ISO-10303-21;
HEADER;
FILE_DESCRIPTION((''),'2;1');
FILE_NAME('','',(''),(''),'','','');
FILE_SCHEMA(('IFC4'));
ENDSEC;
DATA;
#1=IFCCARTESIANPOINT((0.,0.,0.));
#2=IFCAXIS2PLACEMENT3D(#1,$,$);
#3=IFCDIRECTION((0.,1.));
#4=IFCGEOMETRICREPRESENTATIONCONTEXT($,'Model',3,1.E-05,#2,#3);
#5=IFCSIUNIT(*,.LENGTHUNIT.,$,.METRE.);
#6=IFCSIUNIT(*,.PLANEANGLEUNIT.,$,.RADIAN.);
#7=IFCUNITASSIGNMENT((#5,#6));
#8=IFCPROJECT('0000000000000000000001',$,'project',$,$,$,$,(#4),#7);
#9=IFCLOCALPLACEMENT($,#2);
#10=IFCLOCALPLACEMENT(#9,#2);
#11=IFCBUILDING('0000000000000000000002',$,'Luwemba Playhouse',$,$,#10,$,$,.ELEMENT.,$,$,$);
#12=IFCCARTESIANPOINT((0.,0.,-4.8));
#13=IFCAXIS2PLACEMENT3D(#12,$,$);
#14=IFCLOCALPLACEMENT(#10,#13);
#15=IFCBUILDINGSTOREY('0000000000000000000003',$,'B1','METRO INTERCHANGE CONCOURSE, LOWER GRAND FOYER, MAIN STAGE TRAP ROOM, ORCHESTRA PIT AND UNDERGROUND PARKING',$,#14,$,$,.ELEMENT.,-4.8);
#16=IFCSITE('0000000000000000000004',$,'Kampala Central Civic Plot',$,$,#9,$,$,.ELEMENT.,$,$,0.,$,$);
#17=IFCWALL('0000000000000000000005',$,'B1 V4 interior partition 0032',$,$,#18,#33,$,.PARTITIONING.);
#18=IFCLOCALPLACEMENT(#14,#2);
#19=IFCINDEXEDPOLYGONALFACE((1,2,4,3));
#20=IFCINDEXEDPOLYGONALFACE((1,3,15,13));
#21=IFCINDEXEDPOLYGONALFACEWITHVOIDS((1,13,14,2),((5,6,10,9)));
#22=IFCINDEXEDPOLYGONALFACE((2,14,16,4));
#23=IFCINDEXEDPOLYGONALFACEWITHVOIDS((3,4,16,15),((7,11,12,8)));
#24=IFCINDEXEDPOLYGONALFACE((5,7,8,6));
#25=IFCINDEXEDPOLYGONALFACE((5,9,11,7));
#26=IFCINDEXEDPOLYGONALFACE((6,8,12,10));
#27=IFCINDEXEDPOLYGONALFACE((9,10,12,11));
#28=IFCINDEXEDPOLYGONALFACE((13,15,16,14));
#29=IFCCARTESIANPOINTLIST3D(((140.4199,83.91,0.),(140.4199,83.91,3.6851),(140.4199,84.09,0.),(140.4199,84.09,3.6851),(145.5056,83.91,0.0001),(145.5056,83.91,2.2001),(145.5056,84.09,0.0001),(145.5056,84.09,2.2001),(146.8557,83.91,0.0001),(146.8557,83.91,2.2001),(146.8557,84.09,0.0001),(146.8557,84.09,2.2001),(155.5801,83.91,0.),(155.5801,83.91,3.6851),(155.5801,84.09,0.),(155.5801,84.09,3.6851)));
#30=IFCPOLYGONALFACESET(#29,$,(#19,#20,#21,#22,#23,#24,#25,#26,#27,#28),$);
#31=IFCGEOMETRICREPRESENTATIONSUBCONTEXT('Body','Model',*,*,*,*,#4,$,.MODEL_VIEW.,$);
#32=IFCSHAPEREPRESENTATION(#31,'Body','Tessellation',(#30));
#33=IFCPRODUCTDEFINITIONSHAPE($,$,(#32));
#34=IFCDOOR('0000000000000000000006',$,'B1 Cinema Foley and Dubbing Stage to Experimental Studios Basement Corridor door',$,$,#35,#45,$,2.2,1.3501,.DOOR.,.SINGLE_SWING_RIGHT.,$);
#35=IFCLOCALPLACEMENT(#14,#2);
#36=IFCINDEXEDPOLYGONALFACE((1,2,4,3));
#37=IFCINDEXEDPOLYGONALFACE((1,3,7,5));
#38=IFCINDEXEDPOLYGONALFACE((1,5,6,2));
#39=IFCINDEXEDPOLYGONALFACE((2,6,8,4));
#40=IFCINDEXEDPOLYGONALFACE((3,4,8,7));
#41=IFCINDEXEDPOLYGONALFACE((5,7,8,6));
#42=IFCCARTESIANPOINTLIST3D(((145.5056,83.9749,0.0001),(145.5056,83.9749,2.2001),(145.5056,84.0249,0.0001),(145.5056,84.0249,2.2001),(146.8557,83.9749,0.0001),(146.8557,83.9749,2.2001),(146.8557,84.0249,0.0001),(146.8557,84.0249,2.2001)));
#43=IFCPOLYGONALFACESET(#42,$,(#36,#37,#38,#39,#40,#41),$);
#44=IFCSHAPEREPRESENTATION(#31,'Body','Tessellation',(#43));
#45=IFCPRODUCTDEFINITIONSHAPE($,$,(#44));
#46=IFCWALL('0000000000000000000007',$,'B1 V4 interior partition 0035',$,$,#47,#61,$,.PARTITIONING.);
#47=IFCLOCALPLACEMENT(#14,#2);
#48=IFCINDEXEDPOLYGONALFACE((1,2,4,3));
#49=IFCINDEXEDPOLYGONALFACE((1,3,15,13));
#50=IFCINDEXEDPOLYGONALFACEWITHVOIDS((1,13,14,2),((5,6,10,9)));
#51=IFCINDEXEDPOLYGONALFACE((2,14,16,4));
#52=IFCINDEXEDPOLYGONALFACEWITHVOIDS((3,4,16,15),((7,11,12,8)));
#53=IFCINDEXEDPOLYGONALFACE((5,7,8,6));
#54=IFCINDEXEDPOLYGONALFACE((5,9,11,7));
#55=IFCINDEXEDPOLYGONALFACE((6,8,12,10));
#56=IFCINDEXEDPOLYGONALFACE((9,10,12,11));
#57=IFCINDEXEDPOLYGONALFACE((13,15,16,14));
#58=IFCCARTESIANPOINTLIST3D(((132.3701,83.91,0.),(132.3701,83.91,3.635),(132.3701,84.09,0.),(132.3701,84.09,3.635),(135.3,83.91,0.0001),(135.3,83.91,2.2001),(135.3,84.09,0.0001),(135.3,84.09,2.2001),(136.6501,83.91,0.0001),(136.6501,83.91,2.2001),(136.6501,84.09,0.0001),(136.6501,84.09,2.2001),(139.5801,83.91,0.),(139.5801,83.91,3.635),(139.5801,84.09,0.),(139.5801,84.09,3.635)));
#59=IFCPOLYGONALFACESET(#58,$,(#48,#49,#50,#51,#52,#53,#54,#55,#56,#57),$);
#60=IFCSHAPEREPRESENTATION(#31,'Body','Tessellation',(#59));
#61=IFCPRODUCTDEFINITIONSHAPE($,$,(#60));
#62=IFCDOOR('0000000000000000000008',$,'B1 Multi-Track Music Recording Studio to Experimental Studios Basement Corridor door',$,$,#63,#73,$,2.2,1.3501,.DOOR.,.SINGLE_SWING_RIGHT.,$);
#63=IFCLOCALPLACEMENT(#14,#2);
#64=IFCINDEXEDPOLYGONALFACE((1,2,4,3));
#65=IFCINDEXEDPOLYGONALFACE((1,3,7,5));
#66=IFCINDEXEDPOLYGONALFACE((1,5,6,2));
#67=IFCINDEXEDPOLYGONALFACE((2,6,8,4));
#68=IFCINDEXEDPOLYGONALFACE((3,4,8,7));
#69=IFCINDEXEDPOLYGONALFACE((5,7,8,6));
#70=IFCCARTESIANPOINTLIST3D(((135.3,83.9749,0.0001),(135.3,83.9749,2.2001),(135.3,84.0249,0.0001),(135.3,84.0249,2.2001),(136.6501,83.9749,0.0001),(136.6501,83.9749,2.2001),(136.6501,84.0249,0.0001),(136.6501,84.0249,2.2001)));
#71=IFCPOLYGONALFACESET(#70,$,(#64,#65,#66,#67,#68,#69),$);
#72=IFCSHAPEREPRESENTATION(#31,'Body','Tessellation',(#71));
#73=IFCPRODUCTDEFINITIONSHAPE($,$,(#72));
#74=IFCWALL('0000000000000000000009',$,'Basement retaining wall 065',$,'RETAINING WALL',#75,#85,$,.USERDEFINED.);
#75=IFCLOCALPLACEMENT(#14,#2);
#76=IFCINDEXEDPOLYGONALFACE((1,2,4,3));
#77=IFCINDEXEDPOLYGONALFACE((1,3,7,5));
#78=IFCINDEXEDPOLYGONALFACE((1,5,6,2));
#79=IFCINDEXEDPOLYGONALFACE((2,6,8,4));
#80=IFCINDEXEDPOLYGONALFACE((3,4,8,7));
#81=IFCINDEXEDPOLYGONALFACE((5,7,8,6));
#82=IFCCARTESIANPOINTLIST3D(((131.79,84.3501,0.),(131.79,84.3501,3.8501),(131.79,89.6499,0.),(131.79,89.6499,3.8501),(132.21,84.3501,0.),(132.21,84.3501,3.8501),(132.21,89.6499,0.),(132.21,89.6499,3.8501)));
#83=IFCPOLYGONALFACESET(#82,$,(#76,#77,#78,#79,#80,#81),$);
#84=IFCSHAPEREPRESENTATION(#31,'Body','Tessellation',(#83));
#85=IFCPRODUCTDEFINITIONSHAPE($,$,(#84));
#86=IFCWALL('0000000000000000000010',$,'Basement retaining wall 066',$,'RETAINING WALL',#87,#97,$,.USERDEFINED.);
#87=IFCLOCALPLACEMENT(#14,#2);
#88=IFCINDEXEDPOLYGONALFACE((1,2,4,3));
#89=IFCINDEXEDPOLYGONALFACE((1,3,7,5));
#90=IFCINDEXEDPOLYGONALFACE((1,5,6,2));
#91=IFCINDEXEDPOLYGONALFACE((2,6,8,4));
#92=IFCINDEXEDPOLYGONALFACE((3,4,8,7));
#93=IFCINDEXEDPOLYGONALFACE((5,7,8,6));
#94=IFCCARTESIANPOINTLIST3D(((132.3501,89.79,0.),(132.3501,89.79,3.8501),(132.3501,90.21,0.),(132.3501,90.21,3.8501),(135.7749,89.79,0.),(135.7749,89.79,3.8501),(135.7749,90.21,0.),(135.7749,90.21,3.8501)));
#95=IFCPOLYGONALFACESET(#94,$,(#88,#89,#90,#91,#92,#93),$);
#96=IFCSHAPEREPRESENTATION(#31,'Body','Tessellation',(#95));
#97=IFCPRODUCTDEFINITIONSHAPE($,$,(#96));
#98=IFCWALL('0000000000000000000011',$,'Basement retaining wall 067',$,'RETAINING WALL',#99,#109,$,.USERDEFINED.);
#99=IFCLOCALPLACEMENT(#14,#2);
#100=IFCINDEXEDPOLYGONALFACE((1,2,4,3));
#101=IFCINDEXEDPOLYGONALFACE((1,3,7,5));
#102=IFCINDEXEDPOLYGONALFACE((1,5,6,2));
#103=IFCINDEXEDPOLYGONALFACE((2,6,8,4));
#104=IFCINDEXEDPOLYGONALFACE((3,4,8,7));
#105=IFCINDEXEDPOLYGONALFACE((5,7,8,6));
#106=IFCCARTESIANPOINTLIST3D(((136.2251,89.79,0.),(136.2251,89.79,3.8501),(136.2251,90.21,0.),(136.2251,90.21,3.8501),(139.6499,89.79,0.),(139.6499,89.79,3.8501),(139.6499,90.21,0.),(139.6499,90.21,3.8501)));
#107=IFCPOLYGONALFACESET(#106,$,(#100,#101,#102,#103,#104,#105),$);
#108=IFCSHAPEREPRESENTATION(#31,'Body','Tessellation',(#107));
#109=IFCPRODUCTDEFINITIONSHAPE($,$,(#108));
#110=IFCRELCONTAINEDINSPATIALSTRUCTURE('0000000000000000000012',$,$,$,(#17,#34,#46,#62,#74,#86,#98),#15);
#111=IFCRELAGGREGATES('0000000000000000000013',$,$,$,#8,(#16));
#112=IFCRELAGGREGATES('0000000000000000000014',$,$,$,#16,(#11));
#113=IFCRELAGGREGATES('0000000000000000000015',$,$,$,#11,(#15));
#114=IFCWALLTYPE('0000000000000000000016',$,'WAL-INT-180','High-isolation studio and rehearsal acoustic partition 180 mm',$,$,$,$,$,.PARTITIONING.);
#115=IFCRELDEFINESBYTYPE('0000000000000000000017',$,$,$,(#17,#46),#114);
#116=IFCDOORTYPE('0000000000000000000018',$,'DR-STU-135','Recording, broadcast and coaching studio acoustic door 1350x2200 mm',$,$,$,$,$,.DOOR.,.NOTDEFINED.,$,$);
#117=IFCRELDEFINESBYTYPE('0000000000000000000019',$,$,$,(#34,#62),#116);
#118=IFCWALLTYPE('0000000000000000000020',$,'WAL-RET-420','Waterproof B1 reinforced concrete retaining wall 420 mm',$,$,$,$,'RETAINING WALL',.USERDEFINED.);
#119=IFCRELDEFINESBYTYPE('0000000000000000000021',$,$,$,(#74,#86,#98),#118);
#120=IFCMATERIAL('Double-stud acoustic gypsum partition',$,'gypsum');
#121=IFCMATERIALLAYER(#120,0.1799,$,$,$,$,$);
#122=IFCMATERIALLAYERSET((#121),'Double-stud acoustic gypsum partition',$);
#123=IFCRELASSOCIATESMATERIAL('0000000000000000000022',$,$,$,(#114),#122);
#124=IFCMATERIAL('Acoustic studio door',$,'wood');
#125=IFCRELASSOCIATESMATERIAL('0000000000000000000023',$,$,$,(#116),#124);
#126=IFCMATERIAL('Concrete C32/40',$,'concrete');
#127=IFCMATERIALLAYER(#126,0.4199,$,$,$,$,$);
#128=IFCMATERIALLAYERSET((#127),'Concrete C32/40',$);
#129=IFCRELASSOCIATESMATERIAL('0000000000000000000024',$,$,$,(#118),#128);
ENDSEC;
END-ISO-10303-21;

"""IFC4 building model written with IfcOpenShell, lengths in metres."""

from ifc_helpers import new_model, si_unit, direction, frame, frame_2d, origin, place, context, subcontext, project, spatial, rectangle, extrude, material, layer, layer_set, type_object, element, fill, save


model = new_model("IFC4")

# Units and contexts
model_context = context("Model", 3, precision=1e-05, world=origin(), true_north=direction((0.0, 1.0)))
body_context = subcontext(model_context, "Body", "Model", "MODEL_VIEW")
ifc_project = project(units=[si_unit("LENGTHUNIT", "METRE"), si_unit("PLANEANGLEUNIT", "RADIAN")], contexts=[model_context])

# Site, building, storey
site_placement = place(None, origin())
site = spatial("IfcSite", under=ifc_project, at=site_placement, Name="Kampala Central Civic Plot", CompositionType="ELEMENT", RefElevation=0.0)
building_placement = place(site_placement, origin())
building = spatial("IfcBuilding", under=site, at=building_placement, Name="Luwemba Playhouse", CompositionType="ELEMENT")
storey_placement = place(building_placement, frame((0.0, 0.0, -4.8)))
storey = spatial("IfcBuildingStorey", under=building, at=storey_placement, Name="B1", Description="METRO INTERCHANGE CONCOURSE, LOWER GRAND FOYER, MAIN STAGE TRAP ROOM, ORCHESTRA PIT AND UNDERGROUND PARKING", CompositionType="ELEMENT", Elevation=-4.8)

# Shared definitions
ifc_material_1 = material(Name="Concrete C32/40", Category="concrete")

# Walls, openings, doors
ifc_material_2 = material(Name="Double-stud acoustic gypsum partition", Category="gypsum")
ifc_layer_1 = layer(ifc_material_2, 0.1799)
ifc_layer_set_1 = layer_set([ifc_layer_1], Name="Double-stud acoustic gypsum partition")
wall_type_1 = type_object("IfcWallType", Name="WAL-INT-180", Description="High-isolation studio and rehearsal acoustic partition 180 mm", PredefinedType="PARTITIONING", material=ifc_layer_set_1)
wall_1_placement = place(storey_placement, frame((140.4199, 84.0, 0.0), z_axis=(0.0, 0.0, 1.0), x_axis=(1.0, 0.0, 0.0)))
wall_1 = element("IfcWall", 1, at=wall_1_placement, inside=storey, type_object=wall_type_1, Name="B1 V4 interior partition 0032", PredefinedType="PARTITIONING", context=body_context, shape_type="SweptSolid", body=[
    extrude(rectangle(XDim=15.1602, YDim=0.1799, at=frame_2d((7.5801, 0.0))), origin(), (0.0, 0.0, 1.0), 3.6851),
])
opening_1_placement = place(wall_1_placement, frame((5.0857, 0.0, 0.0)))
opening_1 = element("IfcOpeningElement", 2, at=opening_1_placement, cuts=wall_1, PredefinedType="OPENING", context=body_context, shape_type="SweptSolid", body=[
    extrude(rectangle(XDim=1.3501, YDim=2.2, at=frame_2d((0.675, 1.1001))), frame((0.0, 0.0999, 0.0), z_axis=(0.0, -1.0, 0.0), x_axis=(1.0, 0.0, 0.0)), (0.0, 0.0, 1.0), 0.2),
])
ifc_material_3 = material(Name="Acoustic studio door", Category="wood")
door_type = type_object("IfcDoorType", Name="DR-STU-135", Description="Recording, broadcast and coaching studio acoustic door 1350x2200 mm", OperationType="NOTDEFINED", PredefinedType="DOOR", material=ifc_material_3)
door_1_placement = place(opening_1_placement, origin())
door_1 = element("IfcDoor", 3, at=door_1_placement, inside=storey, type_object=door_type, Name="B1 Cinema Foley and Dubbing Stage to Experimental Studios Basement Corridor door", OperationType="SINGLE_SWING_RIGHT", OverallHeight=2.2, OverallWidth=1.3501, PredefinedType="DOOR", context=body_context, shape_type="SweptSolid", body=[
    extrude(rectangle(XDim=1.3501, YDim=2.2, at=frame_2d((0.675, 1.1001))), frame((0.0, 0.0249, 0.0), z_axis=(0.0, -1.0, 0.0), x_axis=(1.0, 0.0, 0.0)), (0.0, 0.0, 1.0), 0.05),
])
fill(opening_1, door_1)
wall_2_placement = place(storey_placement, frame((132.3701, 84.0, 0.0), z_axis=(0.0, 0.0, 1.0), x_axis=(1.0, 0.0, 0.0)))
wall_2 = element("IfcWall", 4, at=wall_2_placement, inside=storey, type_object=wall_type_1, Name="B1 V4 interior partition 0035", PredefinedType="PARTITIONING", context=body_context, shape_type="SweptSolid", body=[
    extrude(rectangle(XDim=7.21, YDim=0.1799, at=frame_2d((3.605, 0.0))), origin(), (0.0, 0.0, 1.0), 3.635),
])
opening_2_placement = place(wall_2_placement, frame((2.9299, 0.0, 0.0)))
opening_2 = element("IfcOpeningElement", 5, at=opening_2_placement, cuts=wall_2, PredefinedType="OPENING", context=body_context, shape_type="SweptSolid", body=[
    extrude(rectangle(XDim=1.3501, YDim=2.2, at=frame_2d((0.675, 1.1001))), frame((0.0, 0.0999, 0.0), z_axis=(0.0, -1.0, 0.0), x_axis=(1.0, 0.0, 0.0)), (0.0, 0.0, 1.0), 0.2),
])
door_2_placement = place(opening_2_placement, origin())
door_2 = element("IfcDoor", 6, at=door_2_placement, inside=storey, type_object=door_type, Name="B1 Multi-Track Music Recording Studio to Experimental Studios Basement Corridor door", OperationType="SINGLE_SWING_RIGHT", OverallHeight=2.2, OverallWidth=1.3501, PredefinedType="DOOR", context=body_context, shape_type="SweptSolid", body=[
    extrude(rectangle(XDim=1.3501, YDim=2.2, at=frame_2d((0.675, 1.1001))), frame((0.0, 0.0249, 0.0), z_axis=(0.0, -1.0, 0.0), x_axis=(1.0, 0.0, 0.0)), (0.0, 0.0, 1.0), 0.05),
])
fill(opening_2, door_2)

# Walls
ifc_layer_2 = layer(ifc_material_1, 0.4199)
ifc_layer_set_2 = layer_set([ifc_layer_2], Name="Concrete C32/40")
wall_type_2 = type_object("IfcWallType", Name="WAL-RET-420", Description="Waterproof B1 reinforced concrete retaining wall 420 mm", ElementType="RETAINING WALL", PredefinedType="USERDEFINED", material=ifc_layer_set_2)
wall_3_placement = place(storey_placement, frame((132.0, 84.3501, 0.0), z_axis=(0.0, 0.0, 1.0), x_axis=(0.0, 1.0, 0.0)))
element("IfcWall", 7, at=wall_3_placement, inside=storey, type_object=wall_type_2, Name="Basement retaining wall 065", ObjectType="RETAINING WALL", PredefinedType="USERDEFINED", context=body_context, shape_type="SweptSolid", body=[
    extrude(rectangle(XDim=5.2998, YDim=0.4199, at=frame_2d((2.6499, 0.0))), origin(), (0.0, 0.0, 1.0), 3.8501),
])
for number, where, z_axis, x_axis, name in (
    (8, (132.3501, 90.0, 0.0), (0.0, 0.0, 1.0), (1.0, 0.0, 0.0), "Basement retaining wall 066"),
    (9, (136.2251, 90.0, 0.0), (0.0, 0.0, 1.0), (1.0, 0.0, 0.0), "Basement retaining wall 067"),
):
    element("IfcWall", number, at=place(storey_placement, frame(where, z_axis=z_axis, x_axis=x_axis)), inside=storey, type_object=wall_type_2, Name=name, ObjectType="RETAINING WALL", PredefinedType="USERDEFINED", context=body_context, shape_type="SweptSolid", body=[
        extrude(rectangle(XDim=3.4248, YDim=0.4199, at=frame_2d((1.7124, 0.0))), origin(), (0.0, 0.0, 1.0), 3.8501),
    ])

save(model, "model.ifc")
